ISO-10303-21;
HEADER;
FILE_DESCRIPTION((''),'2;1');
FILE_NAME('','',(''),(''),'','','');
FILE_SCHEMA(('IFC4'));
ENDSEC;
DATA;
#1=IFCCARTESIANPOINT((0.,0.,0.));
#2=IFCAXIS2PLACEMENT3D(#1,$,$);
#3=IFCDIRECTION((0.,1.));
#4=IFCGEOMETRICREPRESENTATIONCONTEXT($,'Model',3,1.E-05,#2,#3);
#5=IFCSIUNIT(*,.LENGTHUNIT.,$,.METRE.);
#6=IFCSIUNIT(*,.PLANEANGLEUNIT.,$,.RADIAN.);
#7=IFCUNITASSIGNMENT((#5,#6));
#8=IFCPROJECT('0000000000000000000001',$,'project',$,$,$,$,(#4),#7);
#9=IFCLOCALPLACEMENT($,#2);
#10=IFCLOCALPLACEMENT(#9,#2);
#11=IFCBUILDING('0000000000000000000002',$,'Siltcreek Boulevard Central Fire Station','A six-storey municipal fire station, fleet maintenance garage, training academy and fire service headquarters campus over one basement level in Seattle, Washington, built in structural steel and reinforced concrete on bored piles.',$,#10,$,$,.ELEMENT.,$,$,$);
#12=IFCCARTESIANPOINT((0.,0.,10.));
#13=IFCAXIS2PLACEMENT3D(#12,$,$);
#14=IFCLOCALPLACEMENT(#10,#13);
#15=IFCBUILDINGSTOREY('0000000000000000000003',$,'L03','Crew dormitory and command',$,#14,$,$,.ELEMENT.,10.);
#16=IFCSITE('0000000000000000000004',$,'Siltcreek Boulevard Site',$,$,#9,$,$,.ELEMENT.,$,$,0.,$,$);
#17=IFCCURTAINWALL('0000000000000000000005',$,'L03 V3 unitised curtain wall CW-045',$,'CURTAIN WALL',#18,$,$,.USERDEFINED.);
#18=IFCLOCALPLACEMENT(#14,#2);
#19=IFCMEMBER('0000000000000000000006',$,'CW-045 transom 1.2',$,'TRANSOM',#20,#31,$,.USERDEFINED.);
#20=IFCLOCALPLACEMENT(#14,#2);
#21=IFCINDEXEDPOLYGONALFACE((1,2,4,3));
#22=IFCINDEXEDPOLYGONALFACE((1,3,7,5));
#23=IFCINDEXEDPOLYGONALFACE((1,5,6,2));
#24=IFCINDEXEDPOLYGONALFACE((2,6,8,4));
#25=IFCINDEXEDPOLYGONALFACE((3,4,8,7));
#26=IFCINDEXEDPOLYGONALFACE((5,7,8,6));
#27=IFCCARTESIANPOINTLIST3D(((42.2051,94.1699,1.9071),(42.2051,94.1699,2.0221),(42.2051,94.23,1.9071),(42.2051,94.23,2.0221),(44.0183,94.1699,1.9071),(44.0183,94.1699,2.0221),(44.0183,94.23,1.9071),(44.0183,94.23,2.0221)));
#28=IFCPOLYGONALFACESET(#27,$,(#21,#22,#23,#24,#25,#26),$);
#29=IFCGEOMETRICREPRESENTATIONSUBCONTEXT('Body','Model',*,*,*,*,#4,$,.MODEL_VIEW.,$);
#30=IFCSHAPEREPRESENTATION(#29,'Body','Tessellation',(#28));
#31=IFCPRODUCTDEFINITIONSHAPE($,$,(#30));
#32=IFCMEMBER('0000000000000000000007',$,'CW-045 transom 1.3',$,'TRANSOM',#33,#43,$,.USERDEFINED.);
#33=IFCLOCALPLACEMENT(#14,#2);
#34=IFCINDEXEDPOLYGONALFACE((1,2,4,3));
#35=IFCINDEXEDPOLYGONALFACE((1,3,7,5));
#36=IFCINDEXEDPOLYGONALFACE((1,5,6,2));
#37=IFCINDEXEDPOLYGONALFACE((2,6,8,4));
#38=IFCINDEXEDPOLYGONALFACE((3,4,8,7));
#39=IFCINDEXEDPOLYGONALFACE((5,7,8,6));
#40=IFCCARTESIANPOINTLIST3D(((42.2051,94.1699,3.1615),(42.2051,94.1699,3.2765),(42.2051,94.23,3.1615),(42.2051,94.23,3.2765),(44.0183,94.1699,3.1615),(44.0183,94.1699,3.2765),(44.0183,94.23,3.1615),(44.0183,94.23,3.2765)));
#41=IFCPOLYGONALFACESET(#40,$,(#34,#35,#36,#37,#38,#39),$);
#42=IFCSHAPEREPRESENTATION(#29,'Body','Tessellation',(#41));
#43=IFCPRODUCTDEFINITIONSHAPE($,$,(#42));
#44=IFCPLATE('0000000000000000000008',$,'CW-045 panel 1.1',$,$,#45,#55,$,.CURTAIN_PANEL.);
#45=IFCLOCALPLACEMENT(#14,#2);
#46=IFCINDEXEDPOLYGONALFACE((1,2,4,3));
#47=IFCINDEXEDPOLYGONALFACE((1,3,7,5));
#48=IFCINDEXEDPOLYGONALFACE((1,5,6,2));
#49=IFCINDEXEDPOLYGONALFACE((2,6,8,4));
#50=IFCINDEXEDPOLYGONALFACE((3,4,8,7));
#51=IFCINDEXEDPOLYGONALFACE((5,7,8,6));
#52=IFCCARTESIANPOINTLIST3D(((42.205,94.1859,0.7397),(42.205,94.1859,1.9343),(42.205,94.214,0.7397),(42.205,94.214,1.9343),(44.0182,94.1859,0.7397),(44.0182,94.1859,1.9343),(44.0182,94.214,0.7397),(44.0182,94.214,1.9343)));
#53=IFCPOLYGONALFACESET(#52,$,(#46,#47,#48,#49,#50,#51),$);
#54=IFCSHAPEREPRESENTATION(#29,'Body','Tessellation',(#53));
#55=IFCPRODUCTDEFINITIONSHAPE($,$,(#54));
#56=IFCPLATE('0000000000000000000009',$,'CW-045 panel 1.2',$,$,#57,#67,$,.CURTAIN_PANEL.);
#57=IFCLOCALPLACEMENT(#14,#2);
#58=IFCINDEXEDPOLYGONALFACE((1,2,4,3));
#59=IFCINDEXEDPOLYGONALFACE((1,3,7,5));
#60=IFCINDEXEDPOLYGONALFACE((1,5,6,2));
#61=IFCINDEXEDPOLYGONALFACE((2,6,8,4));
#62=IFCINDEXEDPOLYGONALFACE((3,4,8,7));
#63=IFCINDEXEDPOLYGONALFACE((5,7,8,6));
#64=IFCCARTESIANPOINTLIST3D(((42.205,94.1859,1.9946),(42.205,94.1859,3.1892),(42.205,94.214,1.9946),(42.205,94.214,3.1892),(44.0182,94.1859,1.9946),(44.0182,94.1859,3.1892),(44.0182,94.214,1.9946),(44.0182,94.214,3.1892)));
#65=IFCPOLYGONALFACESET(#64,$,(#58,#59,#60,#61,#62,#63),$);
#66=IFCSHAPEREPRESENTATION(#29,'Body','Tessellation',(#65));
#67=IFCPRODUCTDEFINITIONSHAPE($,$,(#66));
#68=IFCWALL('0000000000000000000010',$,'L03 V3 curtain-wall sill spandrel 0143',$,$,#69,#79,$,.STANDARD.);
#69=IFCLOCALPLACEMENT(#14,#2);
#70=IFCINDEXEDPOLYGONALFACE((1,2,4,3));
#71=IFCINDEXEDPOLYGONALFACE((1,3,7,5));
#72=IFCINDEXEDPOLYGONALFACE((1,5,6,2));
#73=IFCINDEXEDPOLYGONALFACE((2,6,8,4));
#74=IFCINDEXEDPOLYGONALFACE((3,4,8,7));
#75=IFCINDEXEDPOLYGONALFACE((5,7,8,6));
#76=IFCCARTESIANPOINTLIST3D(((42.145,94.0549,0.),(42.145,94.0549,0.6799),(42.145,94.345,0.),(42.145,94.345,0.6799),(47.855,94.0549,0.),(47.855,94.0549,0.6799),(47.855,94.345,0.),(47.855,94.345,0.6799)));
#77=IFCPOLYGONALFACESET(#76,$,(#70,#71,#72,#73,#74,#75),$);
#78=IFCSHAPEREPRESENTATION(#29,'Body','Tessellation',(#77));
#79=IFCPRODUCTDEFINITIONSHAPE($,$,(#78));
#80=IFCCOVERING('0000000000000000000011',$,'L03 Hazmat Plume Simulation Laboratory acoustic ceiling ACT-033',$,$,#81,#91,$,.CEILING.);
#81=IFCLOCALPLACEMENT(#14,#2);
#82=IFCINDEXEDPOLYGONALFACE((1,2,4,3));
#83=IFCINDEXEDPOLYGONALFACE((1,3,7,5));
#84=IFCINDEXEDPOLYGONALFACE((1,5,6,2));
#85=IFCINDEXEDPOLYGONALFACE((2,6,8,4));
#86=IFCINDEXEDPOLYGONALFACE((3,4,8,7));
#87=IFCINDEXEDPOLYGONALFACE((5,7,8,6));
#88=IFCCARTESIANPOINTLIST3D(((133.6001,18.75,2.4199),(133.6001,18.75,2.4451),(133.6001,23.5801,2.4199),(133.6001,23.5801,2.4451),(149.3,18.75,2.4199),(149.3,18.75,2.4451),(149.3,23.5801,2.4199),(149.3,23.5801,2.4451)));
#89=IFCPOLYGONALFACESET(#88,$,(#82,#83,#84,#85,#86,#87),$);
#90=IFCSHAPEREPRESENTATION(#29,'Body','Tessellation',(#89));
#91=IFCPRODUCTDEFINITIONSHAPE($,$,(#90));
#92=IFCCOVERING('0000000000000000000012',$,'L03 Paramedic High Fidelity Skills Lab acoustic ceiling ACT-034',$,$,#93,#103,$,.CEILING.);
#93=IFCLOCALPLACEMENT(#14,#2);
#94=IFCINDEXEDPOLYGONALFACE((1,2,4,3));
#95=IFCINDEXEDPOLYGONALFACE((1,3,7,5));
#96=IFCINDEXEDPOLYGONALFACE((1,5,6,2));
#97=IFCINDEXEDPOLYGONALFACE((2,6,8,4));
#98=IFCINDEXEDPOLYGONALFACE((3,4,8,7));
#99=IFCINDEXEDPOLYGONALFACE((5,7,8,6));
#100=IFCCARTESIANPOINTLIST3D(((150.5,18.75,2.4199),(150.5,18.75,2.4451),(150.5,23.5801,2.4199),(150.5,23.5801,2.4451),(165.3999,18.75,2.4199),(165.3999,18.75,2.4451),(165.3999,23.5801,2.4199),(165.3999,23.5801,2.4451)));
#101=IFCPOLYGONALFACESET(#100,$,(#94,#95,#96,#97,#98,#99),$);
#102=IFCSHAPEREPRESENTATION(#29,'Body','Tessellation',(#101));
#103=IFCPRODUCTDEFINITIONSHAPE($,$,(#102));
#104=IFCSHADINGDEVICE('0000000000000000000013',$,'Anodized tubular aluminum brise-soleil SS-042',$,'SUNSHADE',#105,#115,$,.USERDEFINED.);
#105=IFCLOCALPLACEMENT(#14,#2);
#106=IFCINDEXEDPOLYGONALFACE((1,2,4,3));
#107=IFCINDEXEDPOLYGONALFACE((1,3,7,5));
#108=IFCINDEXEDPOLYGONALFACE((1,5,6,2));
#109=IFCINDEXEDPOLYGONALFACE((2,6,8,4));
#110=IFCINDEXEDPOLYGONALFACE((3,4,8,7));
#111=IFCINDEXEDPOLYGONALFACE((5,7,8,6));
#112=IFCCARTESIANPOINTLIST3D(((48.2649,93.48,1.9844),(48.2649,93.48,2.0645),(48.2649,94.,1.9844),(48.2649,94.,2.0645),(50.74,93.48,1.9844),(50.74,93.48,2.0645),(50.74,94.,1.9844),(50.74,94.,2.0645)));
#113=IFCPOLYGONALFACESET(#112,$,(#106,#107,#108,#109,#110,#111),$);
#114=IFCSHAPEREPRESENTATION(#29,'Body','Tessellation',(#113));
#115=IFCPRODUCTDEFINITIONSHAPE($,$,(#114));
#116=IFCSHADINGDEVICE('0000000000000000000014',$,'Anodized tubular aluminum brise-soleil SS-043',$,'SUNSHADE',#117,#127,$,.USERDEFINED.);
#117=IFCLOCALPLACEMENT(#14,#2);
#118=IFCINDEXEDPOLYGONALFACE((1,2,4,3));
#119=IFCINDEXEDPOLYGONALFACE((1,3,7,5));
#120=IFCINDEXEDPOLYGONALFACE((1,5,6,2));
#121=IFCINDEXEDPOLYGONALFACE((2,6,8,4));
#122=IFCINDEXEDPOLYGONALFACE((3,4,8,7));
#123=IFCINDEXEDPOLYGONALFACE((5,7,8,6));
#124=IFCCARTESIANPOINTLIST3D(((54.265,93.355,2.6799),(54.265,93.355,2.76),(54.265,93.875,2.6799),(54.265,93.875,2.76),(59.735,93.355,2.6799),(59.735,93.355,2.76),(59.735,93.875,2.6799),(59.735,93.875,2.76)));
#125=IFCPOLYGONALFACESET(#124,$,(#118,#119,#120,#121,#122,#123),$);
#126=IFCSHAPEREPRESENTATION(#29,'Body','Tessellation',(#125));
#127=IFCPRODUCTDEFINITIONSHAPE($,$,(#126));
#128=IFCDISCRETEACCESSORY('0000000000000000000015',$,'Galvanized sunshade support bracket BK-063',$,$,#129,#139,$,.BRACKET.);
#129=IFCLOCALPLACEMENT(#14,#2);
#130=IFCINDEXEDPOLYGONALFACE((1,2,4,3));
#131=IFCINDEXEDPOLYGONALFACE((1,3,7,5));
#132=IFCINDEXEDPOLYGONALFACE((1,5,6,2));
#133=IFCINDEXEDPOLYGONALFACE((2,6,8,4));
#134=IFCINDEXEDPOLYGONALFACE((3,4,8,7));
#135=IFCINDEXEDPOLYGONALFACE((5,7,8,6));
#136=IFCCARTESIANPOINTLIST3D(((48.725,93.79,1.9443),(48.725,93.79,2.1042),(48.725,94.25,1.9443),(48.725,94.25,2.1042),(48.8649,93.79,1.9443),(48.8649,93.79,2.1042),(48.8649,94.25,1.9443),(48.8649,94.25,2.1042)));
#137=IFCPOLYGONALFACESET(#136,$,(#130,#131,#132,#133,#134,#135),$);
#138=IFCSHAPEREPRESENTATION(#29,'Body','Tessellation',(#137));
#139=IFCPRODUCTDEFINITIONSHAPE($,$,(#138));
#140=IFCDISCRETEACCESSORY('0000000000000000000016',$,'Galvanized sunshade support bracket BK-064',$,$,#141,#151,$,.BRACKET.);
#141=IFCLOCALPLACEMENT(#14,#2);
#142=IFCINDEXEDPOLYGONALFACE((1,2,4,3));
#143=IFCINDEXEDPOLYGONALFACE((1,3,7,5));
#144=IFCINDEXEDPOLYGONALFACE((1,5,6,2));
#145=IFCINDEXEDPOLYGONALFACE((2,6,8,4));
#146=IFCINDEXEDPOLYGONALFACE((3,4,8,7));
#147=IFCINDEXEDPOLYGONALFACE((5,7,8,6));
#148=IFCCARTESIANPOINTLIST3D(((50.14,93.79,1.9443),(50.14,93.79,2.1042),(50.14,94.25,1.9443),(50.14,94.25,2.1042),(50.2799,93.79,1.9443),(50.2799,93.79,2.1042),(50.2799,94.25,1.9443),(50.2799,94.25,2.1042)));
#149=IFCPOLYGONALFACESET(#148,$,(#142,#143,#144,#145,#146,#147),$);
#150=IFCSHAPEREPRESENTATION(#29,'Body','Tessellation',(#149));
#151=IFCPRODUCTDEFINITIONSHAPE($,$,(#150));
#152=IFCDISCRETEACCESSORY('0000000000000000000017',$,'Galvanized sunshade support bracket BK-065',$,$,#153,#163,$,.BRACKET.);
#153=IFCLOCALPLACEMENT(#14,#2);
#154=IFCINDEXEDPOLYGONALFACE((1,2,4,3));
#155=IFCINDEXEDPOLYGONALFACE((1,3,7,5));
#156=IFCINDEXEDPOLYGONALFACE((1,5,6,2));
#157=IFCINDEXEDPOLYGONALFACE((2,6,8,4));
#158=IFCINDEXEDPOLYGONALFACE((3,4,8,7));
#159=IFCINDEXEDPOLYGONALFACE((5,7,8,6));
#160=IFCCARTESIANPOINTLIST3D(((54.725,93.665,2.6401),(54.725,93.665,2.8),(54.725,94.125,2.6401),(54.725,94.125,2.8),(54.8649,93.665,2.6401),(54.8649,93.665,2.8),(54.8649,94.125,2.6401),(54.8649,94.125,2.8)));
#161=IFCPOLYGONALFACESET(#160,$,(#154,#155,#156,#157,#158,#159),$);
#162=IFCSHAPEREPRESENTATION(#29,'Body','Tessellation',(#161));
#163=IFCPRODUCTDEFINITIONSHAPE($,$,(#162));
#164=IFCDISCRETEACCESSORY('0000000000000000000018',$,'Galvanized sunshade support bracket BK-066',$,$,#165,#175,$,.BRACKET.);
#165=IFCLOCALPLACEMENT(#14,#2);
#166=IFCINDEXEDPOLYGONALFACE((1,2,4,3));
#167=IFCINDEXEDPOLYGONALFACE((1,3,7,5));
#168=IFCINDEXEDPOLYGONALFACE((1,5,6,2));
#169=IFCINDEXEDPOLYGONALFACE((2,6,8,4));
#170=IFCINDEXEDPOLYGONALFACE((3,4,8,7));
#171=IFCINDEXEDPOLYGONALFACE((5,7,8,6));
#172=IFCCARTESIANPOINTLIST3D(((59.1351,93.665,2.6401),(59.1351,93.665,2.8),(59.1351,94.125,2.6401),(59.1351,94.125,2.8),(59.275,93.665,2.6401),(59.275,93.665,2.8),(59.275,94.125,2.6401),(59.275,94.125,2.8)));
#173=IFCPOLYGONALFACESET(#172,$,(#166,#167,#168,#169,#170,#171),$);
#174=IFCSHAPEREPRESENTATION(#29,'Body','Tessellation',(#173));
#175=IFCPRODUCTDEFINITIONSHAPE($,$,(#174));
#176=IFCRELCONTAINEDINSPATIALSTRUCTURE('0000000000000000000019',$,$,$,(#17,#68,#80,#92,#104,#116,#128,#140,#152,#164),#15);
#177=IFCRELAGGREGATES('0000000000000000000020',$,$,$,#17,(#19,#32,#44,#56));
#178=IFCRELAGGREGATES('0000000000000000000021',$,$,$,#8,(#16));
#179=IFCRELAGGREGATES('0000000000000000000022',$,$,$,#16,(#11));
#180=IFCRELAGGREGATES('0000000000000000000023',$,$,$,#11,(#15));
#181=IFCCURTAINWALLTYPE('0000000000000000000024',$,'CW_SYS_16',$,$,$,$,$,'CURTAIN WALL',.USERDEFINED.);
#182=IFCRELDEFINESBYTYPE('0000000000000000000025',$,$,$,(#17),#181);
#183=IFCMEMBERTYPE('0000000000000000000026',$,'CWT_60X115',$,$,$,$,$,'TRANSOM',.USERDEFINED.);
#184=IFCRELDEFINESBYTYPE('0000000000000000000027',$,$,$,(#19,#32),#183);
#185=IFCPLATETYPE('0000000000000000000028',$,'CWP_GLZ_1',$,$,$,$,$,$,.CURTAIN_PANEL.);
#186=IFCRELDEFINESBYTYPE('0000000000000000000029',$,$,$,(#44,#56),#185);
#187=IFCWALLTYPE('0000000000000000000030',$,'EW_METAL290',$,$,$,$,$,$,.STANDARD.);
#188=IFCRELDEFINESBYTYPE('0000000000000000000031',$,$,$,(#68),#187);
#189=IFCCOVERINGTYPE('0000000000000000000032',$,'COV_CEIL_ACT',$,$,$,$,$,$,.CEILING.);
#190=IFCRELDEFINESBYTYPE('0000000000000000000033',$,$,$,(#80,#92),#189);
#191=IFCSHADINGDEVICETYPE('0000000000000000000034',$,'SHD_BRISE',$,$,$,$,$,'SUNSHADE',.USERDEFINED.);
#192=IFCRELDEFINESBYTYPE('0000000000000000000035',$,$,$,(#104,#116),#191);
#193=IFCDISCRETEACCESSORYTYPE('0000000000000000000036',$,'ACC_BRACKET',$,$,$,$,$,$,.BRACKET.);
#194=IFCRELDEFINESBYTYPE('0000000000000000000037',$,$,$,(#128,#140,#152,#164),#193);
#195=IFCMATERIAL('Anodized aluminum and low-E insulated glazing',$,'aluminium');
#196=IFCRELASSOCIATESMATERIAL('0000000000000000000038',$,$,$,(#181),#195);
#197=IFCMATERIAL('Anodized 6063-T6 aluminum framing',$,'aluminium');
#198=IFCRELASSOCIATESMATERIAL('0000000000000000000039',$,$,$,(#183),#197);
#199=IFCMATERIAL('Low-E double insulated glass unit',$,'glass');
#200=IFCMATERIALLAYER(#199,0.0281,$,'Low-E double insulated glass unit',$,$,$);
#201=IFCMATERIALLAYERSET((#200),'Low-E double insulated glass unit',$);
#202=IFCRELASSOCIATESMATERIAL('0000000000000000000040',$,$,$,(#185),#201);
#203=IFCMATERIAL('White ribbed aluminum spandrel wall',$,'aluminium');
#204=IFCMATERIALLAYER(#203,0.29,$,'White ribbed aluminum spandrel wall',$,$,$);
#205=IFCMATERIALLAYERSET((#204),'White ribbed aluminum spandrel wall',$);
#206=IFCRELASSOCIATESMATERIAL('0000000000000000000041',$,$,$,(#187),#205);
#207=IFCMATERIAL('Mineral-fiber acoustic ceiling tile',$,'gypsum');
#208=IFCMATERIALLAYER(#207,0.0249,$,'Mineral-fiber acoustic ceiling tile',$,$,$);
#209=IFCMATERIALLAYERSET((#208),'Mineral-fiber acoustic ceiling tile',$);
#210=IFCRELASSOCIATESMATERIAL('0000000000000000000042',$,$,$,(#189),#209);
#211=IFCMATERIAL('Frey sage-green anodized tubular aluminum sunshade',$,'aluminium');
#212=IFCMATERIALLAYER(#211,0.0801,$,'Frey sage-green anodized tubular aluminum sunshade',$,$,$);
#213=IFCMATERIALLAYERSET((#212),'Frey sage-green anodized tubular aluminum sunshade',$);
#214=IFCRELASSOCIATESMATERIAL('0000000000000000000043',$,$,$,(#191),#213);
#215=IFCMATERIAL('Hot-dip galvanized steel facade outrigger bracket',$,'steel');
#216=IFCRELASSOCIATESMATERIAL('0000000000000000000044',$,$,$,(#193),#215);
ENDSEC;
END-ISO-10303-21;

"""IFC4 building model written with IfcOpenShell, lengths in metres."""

from ifc_helpers import new_model, si_unit, direction, frame, frame_2d, origin, origin_2d, place, context, subcontext, project, spatial, polyline, rectangle, outline, extrude, material, layer, layer_set, material_profile, profile_set, type_object, element, aggregate, save


model = new_model("IFC4")

# Units and contexts
model_context = context("Model", 3, precision=1e-05, world=origin(), true_north=direction((0.0, 1.0)))
body_context = subcontext(model_context, "Body", "Model", "MODEL_VIEW")
ifc_project = project(units=[si_unit("LENGTHUNIT", "METRE"), si_unit("PLANEANGLEUNIT", "RADIAN")], contexts=[model_context])

# Site, building, storey
site_placement = place(None, origin())
site = spatial("IfcSite", under=ifc_project, at=site_placement, Name="Siltcreek Boulevard Site", CompositionType="ELEMENT", RefElevation=0.0)
building_placement = place(site_placement, origin())
building = spatial("IfcBuilding", under=site, at=building_placement, Name="Siltcreek Boulevard Central Fire Station", Description="A six-storey municipal fire station, fleet maintenance garage, training academy and fire service headquarters campus over one basement level in Seattle, Washington, built in structural steel and reinforced concrete on bored piles.", CompositionType="ELEMENT")
storey_placement = place(building_placement, frame((0.0, 0.0, 10.0)))
storey = spatial("IfcBuildingStorey", under=building, at=storey_placement, Name="L03", Description="Crew dormitory and command", CompositionType="ELEMENT", Elevation=10.0)

# Curtain wall, members, plates
ifc_material_1 = material(Name="Anodized aluminum and low-E insulated glazing", Category="aluminium")
curtain_wall_type = type_object("IfcCurtainWallType", Name="CW_SYS_16", ElementType="CURTAIN WALL", PredefinedType="USERDEFINED", material=ifc_material_1)
curtain_wall_placement = place(storey_placement, origin())
curtain_wall = element("IfcCurtainWall", 1, at=curtain_wall_placement, inside=storey, type_object=curtain_wall_type, Name="L03 V3 unitised curtain wall CW-045", ObjectType="CURTAIN WALL", PredefinedType="USERDEFINED")
ifc_material_2 = material(Name="Anodized 6063-T6 aluminum framing", Category="aluminium")
ifc_material_profile_1 = material_profile(ifc_material_2, rectangle(XDim=0.0601, YDim=0.115, at=origin_2d()), Name="TRAN60X115")
ifc_profile_set_1 = profile_set([ifc_material_profile_1], Name="Anodized 6063-T6 aluminum framing")
member_type_1 = type_object("IfcMemberType", Name="CWT_60X115", ElementType="TRANSOM", PredefinedType="USERDEFINED", material=ifc_profile_set_1)
member_1_placement = place(storey_placement, frame((42.2051, 94.2, 1.9646), z_axis=(1.0, 0.0, 0.0), x_axis=(0.0, 1.0, 0.0)))
member_1 = element("IfcMember", 2, at=member_1_placement, type_object=member_type_1, Name="CW-045 transom 1.2", ObjectType="TRANSOM", PredefinedType="USERDEFINED", context=body_context, shape_type="SweptSolid", body=[
    extrude(rectangle(XDim=0.0601, YDim=0.115, at=origin_2d()), origin(), (0.0, 0.0, 1.0), 1.8132),
])
member_2_placement = place(storey_placement, frame((42.2051, 94.2, 3.219), z_axis=(1.0, 0.0, 0.0), x_axis=(0.0, 1.0, 0.0)))
member_2 = element("IfcMember", 3, at=member_2_placement, type_object=member_type_1, Name="CW-045 transom 1.3", ObjectType="TRANSOM", PredefinedType="USERDEFINED", context=body_context, shape_type="SweptSolid", body=[
    extrude(rectangle(XDim=0.0601, YDim=0.115, at=origin_2d()), origin(), (0.0, 0.0, 1.0), 1.8132),
])
ifc_material_3 = material(Name="Low-E double insulated glass unit", Category="glass")
ifc_layer_1 = layer(ifc_material_3, 0.0281, Name="Low-E double insulated glass unit")
ifc_layer_set_1 = layer_set([ifc_layer_1], Name="Low-E double insulated glass unit")
plate_type = type_object("IfcPlateType", Name="CWP_GLZ_1", PredefinedType="CURTAIN_PANEL", material=ifc_layer_set_1)
plate_1_placement = place(storey_placement, frame((43.1116, 94.2, 0.7397), z_axis=(0.0, 0.0, 1.0), x_axis=(1.0, 0.0, 0.0)))
plate_1 = element("IfcPlate", 4, at=plate_1_placement, type_object=plate_type, Name="CW-045 panel 1.1", PredefinedType="CURTAIN_PANEL", context=body_context, shape_type="SweptSolid", body=[
    extrude(rectangle(XDim=1.8132, YDim=0.0281, at=origin_2d()), origin(), (0.0, 0.0, 1.0), 1.1946),
])
plate_2_placement = place(storey_placement, frame((43.1116, 94.2, 1.9946), z_axis=(0.0, 0.0, 1.0), x_axis=(1.0, 0.0, 0.0)))
plate_2 = element("IfcPlate", 5, at=plate_2_placement, type_object=plate_type, Name="CW-045 panel 1.2", PredefinedType="CURTAIN_PANEL", context=body_context, shape_type="SweptSolid", body=[
    extrude(rectangle(XDim=1.8132, YDim=0.0281, at=origin_2d()), origin(), (0.0, 0.0, 1.0), 1.1946),
])
aggregate(curtain_wall, [member_1, member_2, plate_1, plate_2])

# Wall
ifc_material_4 = material(Name="White ribbed aluminum spandrel wall", Category="aluminium")
ifc_layer_2 = layer(ifc_material_4, 0.29, Name="White ribbed aluminum spandrel wall")
ifc_layer_set_2 = layer_set([ifc_layer_2], Name="White ribbed aluminum spandrel wall")
wall_type = type_object("IfcWallType", Name="EW_METAL290", PredefinedType="STANDARD", material=ifc_layer_set_2)
wall_placement = place(storey_placement, frame((42.145, 94.2, 0.0), z_axis=(0.0, 0.0, 1.0), x_axis=(1.0, 0.0, 0.0)))
element("IfcWall", 6, at=wall_placement, inside=storey, type_object=wall_type, Name="L03 V3 curtain-wall sill spandrel 0143", PredefinedType="STANDARD", context=body_context, shape_type="SweptSolid", body=[
    extrude(rectangle(XDim=5.71, YDim=0.29, at=frame_2d((2.855, 0.0))), origin(), (0.0, 0.0, 1.0), 0.6799),
])

# Coverings
ifc_material_5 = material(Name="Mineral-fiber acoustic ceiling tile", Category="gypsum")
ifc_layer_3 = layer(ifc_material_5, 0.0249, Name="Mineral-fiber acoustic ceiling tile")
ifc_layer_set_3 = layer_set([ifc_layer_3], Name="Mineral-fiber acoustic ceiling tile")
covering_type = type_object("IfcCoveringType", Name="COV_CEIL_ACT", PredefinedType="CEILING", material=ifc_layer_set_3)
covering_1_placement = place(storey_placement, frame((0.0, 0.0, 2.4199)))
element("IfcCovering", 7, at=covering_1_placement, inside=storey, type_object=covering_type, Name="L03 Hazmat Plume Simulation Laboratory acoustic ceiling ACT-033", PredefinedType="CEILING", context=body_context, shape_type="SweptSolid", body=[
    extrude(outline(polyline([(133.6001, 18.75), (149.3, 18.75), (149.3, 23.5801), (133.6001, 23.5801), (133.6001, 18.75)])), origin(), (0.0, 0.0, 1.0), 0.0251),
])
covering_2_placement = place(storey_placement, frame((0.0, 0.0, 2.4199)))
element("IfcCovering", 8, at=covering_2_placement, inside=storey, type_object=covering_type, Name="L03 Paramedic High Fidelity Skills Lab acoustic ceiling ACT-034", PredefinedType="CEILING", context=body_context, shape_type="SweptSolid", body=[
    extrude(outline(polyline([(150.5, 18.75), (165.3999, 18.75), (165.3999, 23.5801), (150.5, 23.5801), (150.5, 18.75)])), origin(), (0.0, 0.0, 1.0), 0.0251),
])

# Shading devices
ifc_material_6 = material(Name="Frey sage-green anodized tubular aluminum sunshade", Category="aluminium")
ifc_layer_4 = layer(ifc_material_6, 0.0801, Name="Frey sage-green anodized tubular aluminum sunshade")
ifc_layer_set_4 = layer_set([ifc_layer_4], Name="Frey sage-green anodized tubular aluminum sunshade")
shading_device_type = type_object("IfcShadingDeviceType", Name="SHD_BRISE", ElementType="SUNSHADE", PredefinedType="USERDEFINED", material=ifc_layer_set_4)
shading_device_1_placement = place(storey_placement, frame((49.5024, 93.74, 1.9844), z_axis=(0.0, 0.0, 1.0), x_axis=(1.0, 0.0, 0.0)))
element("IfcShadingDevice", 9, at=shading_device_1_placement, inside=storey, type_object=shading_device_type, Name="Anodized tubular aluminum brise-soleil SS-042", ObjectType="SUNSHADE", PredefinedType="USERDEFINED", context=body_context, shape_type="SweptSolid", body=[
    extrude(rectangle(XDim=2.4751, YDim=0.52, at=origin_2d()), origin(), (0.0, 0.0, 1.0), 0.0801),
])
shading_device_2_placement = place(storey_placement, frame((57.0, 93.615, 2.6799), z_axis=(0.0, 0.0, 1.0), x_axis=(1.0, 0.0, 0.0)))
element("IfcShadingDevice", 10, at=shading_device_2_placement, inside=storey, type_object=shading_device_type, Name="Anodized tubular aluminum brise-soleil SS-043", ObjectType="SUNSHADE", PredefinedType="USERDEFINED", context=body_context, shape_type="SweptSolid", body=[
    extrude(rectangle(XDim=5.47, YDim=0.52, at=origin_2d()), origin(), (0.0, 0.0, 1.0), 0.0801),
])

# Discrete accessories
ifc_material_7 = material(Name="Hot-dip galvanized steel facade outrigger bracket", Category="steel")
discrete_accessory_type = type_object("IfcDiscreteAccessoryType", Name="ACC_BRACKET", PredefinedType="BRACKET", material=ifc_material_7)
for number, where, z_axis, x_axis, name in (
    (11, (48.7949, 94.02, 1.9443), (0.0, 0.0, 1.0), (1.0, 0.0, 0.0), "Galvanized sunshade support bracket BK-063"),
    (12, (50.21, 94.02, 1.9443), (0.0, 0.0, 1.0), (1.0, 0.0, 0.0), "Galvanized sunshade support bracket BK-064"),
    (13, (54.7949, 93.895, 2.6401), (0.0, 0.0, 1.0), (1.0, 0.0, 0.0), "Galvanized sunshade support bracket BK-065"),
    (14, (59.2051, 93.895, 2.6401), (0.0, 0.0, 1.0), (1.0, 0.0, 0.0), "Galvanized sunshade support bracket BK-066"),
):
    element("IfcDiscreteAccessory", number, at=place(storey_placement, frame(where, z_axis=z_axis, x_axis=x_axis)), inside=storey, type_object=discrete_accessory_type, Name=name, PredefinedType="BRACKET", context=body_context, shape_type="SweptSolid", body=[
        extrude(rectangle(XDim=0.1399, YDim=0.46, at=origin_2d()), origin(), (0.0, 0.0, 1.0), 0.1599),
    ])

save(model, "model.ifc")
